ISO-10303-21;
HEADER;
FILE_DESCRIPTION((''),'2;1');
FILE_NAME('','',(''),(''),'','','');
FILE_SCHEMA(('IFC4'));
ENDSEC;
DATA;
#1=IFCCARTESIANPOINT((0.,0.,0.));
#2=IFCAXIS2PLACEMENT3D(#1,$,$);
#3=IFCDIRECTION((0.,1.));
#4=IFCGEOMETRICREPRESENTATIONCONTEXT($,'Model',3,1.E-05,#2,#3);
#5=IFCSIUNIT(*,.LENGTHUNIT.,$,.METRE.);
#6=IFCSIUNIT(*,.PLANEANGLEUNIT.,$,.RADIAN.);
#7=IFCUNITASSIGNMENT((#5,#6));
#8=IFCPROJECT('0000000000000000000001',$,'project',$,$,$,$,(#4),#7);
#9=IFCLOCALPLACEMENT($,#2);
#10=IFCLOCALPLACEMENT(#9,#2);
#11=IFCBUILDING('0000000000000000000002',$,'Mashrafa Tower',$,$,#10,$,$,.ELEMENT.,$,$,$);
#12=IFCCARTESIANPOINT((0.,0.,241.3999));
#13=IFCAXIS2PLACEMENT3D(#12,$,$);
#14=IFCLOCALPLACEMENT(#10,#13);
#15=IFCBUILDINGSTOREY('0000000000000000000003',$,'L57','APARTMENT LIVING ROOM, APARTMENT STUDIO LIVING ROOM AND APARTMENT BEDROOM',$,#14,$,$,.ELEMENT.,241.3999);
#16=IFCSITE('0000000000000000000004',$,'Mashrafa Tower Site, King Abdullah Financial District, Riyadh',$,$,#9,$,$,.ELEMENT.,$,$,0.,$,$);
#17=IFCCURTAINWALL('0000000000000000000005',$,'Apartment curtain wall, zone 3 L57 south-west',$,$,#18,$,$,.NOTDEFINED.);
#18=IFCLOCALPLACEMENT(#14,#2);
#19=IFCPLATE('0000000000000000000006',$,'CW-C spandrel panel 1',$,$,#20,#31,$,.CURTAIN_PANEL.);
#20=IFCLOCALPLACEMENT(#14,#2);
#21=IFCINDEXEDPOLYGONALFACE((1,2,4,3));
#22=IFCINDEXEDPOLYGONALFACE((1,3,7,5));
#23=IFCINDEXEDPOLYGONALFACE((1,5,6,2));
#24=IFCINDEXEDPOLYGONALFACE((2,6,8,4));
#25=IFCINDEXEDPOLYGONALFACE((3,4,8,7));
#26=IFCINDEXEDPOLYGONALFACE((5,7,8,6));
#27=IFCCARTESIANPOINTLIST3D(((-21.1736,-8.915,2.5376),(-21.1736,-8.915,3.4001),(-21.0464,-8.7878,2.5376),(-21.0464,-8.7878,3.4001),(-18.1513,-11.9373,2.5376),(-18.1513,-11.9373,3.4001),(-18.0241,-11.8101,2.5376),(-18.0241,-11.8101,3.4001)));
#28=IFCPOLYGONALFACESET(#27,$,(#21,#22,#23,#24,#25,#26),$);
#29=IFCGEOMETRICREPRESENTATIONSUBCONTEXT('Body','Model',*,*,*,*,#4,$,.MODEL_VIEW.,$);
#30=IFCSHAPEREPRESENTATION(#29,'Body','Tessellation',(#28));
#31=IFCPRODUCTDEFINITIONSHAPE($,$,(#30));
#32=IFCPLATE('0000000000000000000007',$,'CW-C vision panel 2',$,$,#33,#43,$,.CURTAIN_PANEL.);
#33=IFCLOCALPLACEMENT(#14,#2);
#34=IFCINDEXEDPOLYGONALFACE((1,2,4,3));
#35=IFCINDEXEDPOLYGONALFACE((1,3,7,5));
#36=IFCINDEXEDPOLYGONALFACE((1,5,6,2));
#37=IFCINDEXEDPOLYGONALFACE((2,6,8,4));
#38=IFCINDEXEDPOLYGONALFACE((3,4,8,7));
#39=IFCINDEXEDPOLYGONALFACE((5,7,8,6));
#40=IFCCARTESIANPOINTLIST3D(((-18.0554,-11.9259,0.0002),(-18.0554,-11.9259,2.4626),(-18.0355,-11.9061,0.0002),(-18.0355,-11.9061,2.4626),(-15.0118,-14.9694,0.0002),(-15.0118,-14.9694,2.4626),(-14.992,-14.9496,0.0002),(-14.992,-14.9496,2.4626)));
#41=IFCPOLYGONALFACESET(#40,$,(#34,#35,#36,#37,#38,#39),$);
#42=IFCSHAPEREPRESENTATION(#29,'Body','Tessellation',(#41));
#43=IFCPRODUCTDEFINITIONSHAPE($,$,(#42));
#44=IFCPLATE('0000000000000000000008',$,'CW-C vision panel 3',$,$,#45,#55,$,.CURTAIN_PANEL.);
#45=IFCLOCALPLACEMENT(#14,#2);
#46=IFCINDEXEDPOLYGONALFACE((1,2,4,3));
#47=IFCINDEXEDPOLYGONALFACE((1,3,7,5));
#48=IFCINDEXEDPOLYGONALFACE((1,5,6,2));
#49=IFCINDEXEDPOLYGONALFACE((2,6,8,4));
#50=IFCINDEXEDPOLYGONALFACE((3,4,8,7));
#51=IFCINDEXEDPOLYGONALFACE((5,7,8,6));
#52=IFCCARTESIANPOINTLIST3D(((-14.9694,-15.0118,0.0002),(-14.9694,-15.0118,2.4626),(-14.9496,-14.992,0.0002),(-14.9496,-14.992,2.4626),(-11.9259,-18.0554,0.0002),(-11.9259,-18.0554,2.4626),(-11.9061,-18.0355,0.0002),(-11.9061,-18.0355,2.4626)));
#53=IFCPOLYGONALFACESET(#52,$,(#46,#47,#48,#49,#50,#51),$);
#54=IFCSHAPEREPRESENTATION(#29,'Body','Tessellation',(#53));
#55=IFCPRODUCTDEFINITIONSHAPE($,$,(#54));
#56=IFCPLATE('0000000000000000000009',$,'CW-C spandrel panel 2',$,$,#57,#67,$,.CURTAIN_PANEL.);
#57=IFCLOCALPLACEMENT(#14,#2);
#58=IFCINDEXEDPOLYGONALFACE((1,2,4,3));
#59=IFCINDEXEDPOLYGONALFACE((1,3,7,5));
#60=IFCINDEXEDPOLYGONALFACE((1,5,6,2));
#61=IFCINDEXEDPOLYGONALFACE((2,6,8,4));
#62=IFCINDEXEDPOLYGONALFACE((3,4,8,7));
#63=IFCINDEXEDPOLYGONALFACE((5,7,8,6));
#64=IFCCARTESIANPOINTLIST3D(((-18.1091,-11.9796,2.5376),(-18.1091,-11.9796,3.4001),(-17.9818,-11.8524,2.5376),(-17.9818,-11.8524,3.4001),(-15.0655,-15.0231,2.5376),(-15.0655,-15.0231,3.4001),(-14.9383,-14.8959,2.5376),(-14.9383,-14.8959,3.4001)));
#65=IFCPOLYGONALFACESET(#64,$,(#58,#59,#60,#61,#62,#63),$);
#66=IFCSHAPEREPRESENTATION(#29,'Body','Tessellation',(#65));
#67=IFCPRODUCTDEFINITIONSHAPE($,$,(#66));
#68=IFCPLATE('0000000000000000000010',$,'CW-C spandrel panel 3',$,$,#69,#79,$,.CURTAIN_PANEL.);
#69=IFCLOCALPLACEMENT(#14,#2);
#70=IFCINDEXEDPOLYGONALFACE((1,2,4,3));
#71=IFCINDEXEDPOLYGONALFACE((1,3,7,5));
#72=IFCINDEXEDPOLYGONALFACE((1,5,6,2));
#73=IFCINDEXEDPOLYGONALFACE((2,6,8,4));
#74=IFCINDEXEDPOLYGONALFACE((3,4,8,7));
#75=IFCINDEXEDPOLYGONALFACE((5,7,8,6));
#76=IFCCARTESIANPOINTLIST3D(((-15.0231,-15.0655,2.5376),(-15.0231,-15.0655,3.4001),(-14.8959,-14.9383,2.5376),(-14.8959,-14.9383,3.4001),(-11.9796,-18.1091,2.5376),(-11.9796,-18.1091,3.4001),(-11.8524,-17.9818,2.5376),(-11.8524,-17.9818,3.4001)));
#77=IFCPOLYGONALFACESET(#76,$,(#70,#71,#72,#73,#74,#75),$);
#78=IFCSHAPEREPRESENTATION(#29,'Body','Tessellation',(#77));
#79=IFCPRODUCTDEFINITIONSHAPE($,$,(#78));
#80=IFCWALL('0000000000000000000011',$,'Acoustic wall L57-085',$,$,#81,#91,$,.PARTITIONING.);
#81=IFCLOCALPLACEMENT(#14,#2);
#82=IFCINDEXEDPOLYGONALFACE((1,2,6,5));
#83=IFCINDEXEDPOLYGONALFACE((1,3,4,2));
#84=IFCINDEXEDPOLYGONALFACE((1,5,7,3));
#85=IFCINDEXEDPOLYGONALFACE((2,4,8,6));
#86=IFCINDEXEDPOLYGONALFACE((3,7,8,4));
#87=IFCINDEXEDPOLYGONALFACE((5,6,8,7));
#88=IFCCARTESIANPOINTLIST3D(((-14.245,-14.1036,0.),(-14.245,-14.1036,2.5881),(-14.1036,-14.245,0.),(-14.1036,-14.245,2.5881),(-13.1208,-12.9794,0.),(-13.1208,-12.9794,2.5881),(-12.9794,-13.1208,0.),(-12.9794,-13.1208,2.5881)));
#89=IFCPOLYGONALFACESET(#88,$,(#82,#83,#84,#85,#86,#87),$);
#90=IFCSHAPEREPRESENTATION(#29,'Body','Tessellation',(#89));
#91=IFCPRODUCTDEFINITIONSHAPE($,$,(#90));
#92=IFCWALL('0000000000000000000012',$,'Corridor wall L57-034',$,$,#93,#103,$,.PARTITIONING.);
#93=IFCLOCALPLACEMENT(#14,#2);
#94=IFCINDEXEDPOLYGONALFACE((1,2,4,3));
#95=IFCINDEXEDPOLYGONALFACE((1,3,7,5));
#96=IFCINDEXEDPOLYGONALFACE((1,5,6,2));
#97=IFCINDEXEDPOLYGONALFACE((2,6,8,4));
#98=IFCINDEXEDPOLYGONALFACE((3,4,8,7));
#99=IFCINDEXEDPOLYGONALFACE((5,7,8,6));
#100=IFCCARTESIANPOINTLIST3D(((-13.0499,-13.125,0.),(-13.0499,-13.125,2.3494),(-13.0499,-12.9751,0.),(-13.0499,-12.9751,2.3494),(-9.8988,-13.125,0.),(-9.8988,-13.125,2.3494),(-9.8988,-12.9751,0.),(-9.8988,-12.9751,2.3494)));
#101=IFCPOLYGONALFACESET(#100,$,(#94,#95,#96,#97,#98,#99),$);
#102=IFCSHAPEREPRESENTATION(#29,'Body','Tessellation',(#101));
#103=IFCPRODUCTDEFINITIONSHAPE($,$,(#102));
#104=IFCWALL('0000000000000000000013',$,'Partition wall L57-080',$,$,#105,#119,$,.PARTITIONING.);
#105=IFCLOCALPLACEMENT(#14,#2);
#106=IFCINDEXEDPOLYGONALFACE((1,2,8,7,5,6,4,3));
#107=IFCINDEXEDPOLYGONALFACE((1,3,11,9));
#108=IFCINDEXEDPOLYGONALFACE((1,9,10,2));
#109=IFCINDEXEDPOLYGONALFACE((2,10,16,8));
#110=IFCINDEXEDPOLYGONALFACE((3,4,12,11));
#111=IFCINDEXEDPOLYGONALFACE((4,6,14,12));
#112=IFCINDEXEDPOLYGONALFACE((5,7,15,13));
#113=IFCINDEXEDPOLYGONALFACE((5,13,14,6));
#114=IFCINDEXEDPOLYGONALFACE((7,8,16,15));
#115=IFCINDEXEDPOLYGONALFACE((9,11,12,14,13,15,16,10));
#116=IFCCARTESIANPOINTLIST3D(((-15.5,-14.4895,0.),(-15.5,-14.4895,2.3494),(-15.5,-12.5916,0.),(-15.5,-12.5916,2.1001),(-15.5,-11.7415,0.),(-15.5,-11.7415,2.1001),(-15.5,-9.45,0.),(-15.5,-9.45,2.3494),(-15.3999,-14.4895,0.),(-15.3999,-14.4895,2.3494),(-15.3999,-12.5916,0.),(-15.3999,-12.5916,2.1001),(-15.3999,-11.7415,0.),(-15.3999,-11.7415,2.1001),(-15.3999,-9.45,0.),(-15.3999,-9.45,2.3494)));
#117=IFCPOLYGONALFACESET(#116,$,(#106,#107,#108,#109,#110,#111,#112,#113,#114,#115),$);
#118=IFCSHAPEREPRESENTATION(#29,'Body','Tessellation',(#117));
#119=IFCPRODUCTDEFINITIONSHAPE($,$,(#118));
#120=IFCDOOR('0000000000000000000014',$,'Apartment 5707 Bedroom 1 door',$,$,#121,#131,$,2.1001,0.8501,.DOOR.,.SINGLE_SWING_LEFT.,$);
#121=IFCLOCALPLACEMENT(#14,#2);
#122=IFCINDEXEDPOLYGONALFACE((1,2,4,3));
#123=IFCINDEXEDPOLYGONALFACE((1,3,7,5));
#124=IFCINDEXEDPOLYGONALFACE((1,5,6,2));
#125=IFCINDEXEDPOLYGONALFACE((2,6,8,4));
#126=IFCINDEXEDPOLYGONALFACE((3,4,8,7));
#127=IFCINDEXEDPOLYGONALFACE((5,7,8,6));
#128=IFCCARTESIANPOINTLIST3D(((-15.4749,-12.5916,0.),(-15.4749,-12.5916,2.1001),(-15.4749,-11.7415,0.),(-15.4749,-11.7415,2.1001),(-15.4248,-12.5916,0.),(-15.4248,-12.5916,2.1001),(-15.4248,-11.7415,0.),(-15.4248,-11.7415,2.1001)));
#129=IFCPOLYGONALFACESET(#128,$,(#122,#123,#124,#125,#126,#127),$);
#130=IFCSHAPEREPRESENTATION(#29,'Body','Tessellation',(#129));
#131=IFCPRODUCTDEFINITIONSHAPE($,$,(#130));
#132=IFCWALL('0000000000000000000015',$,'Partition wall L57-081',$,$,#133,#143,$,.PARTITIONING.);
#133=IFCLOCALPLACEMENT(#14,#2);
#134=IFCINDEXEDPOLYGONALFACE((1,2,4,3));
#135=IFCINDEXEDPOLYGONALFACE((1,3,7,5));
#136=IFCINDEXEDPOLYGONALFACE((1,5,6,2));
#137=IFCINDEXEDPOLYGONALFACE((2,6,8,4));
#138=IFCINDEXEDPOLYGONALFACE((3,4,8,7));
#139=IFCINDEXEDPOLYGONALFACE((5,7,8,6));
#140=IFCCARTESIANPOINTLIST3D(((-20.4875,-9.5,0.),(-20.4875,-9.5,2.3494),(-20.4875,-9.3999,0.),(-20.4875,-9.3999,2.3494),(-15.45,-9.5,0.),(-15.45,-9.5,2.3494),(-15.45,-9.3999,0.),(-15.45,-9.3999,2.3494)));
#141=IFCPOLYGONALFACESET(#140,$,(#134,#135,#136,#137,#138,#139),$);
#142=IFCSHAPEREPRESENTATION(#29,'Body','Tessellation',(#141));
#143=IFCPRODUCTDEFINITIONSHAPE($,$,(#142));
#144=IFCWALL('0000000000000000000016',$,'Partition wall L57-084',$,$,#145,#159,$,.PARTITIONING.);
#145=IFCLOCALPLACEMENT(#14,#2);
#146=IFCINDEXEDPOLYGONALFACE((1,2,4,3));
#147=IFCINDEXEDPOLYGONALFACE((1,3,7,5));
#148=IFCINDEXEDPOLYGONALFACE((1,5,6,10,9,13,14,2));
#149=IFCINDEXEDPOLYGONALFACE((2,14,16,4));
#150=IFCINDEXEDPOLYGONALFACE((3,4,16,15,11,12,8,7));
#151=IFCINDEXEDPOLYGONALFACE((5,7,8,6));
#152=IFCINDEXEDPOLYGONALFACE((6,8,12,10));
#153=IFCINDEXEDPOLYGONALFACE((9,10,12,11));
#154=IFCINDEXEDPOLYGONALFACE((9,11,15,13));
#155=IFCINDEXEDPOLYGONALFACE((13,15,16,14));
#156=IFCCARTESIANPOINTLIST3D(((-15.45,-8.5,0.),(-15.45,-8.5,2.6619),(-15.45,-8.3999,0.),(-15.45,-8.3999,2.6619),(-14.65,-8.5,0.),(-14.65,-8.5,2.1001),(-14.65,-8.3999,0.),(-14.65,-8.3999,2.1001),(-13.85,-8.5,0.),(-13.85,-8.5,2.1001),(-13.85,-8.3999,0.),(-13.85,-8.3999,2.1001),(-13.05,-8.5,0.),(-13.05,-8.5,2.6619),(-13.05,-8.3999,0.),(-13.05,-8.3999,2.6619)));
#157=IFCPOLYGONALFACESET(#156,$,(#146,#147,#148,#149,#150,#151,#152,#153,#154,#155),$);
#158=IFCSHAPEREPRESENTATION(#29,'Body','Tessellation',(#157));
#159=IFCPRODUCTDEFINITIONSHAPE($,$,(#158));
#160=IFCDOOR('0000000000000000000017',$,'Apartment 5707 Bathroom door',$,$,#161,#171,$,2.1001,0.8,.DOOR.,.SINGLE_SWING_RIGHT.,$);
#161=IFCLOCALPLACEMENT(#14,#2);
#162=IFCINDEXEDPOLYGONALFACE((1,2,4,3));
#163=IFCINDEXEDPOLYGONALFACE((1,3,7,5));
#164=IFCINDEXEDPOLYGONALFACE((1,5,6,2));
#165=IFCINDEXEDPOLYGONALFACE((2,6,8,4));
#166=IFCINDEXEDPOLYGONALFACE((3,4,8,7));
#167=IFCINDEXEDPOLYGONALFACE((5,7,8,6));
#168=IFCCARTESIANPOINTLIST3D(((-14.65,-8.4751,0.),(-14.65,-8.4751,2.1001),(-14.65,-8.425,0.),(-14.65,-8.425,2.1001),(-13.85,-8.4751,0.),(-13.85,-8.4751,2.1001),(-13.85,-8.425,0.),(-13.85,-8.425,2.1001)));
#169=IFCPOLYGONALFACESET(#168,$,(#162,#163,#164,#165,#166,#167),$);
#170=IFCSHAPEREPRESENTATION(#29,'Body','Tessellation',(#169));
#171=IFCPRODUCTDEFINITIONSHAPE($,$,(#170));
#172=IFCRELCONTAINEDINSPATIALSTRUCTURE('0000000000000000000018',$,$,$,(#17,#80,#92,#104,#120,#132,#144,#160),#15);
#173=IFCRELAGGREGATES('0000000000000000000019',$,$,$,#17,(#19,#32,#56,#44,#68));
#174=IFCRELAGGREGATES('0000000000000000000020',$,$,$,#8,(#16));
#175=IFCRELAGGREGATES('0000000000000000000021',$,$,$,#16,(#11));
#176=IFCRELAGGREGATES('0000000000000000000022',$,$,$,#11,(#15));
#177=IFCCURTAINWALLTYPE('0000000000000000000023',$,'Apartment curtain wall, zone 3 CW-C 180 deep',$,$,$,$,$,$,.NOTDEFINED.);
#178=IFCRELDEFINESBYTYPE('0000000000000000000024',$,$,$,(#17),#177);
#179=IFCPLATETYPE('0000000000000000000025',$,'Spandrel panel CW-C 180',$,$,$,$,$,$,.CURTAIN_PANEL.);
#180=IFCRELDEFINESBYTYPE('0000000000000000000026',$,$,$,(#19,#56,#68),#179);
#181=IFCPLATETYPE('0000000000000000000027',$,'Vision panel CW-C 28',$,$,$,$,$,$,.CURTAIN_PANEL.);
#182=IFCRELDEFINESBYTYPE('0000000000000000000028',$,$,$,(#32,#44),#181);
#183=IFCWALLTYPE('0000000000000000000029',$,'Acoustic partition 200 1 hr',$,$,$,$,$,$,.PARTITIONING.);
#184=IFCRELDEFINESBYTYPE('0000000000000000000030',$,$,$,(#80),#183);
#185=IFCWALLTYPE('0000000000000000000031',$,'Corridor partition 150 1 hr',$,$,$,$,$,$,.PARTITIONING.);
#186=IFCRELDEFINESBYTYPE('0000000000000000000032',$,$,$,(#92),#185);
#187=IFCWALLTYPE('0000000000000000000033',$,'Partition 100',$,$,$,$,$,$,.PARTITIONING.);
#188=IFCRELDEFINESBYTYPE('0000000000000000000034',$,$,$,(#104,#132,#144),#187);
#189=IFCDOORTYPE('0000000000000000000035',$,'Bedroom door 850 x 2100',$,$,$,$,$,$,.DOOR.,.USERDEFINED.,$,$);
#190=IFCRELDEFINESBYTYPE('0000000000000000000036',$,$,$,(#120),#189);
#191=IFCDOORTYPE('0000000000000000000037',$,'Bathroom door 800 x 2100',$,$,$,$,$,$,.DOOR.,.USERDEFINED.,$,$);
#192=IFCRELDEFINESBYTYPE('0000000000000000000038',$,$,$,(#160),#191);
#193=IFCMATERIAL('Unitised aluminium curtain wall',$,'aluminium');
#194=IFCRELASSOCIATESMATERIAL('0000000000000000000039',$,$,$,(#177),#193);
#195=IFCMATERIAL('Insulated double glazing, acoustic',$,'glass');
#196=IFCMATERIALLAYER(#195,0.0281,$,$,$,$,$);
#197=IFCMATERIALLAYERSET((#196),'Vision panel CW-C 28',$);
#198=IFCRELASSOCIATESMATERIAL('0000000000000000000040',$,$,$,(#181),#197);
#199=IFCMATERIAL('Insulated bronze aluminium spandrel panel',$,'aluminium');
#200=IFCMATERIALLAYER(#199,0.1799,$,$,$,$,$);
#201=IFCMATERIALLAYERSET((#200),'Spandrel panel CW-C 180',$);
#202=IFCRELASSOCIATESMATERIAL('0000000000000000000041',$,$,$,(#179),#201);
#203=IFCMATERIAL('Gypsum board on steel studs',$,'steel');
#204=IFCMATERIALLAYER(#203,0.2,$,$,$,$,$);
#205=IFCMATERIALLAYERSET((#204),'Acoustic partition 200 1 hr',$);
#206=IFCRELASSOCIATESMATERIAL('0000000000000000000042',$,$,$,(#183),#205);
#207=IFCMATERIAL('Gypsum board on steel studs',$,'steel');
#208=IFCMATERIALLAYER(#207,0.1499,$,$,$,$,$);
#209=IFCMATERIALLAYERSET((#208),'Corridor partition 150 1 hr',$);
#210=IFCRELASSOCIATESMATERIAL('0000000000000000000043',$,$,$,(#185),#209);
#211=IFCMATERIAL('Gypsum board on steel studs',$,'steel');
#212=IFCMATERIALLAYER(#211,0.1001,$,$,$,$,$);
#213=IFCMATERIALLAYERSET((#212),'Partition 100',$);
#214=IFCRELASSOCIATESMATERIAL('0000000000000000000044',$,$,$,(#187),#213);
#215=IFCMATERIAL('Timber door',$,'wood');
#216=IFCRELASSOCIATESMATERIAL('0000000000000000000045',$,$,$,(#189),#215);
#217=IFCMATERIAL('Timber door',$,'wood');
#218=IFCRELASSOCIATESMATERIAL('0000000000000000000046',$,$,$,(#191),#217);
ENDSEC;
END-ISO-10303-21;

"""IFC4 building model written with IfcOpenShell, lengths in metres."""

from ifc_helpers import new_model, si_unit, direction, frame, frame_2d, origin, origin_2d, place, context, subcontext, project, spatial, rectangle, extrude, source, transform, mapped, material, layer, layer_set, type_object, type_shapes, element, fill, aggregate, save


model = new_model("IFC4")

# Units and contexts
model_context = context("Model", 3, precision=1e-05, world=origin(), true_north=direction((0.0, 1.0)))
body_context = subcontext(model_context, "Body", "Model", "MODEL_VIEW")
ifc_project = project(units=[si_unit("LENGTHUNIT", "METRE"), si_unit("PLANEANGLEUNIT", "RADIAN")], contexts=[model_context])

# Site, building, storey
site_placement = place(None, origin())
site = spatial("IfcSite", under=ifc_project, at=site_placement, Name="Mashrafa Tower Site, King Abdullah Financial District, Riyadh", CompositionType="ELEMENT", RefElevation=0.0)
building_placement = place(site_placement, origin())
building = spatial("IfcBuilding", under=site, at=building_placement, Name="Mashrafa Tower", CompositionType="ELEMENT")
storey_placement = place(building_placement, frame((0.0, 0.0, 241.3999)))
storey = spatial("IfcBuildingStorey", under=building, at=storey_placement, Name="L57", Description="APARTMENT LIVING ROOM, APARTMENT STUDIO LIVING ROOM AND APARTMENT BEDROOM", CompositionType="ELEMENT", Elevation=241.3999)

# Shared definitions
ifc_material_1 = material(Name="Unitised aluminium curtain wall", Category="aluminium")
curtain_wall_type = type_object("IfcCurtainWallType", Name="Apartment curtain wall, zone 3 CW-C 180 deep", PredefinedType="NOTDEFINED", material=ifc_material_1)

# Curtain wall, plates
curtain_wall_1_placement = place(storey_placement, origin())
curtain_wall_1 = element("IfcCurtainWall", 1, at=curtain_wall_1_placement, inside=storey, type_object=curtain_wall_type, Name="Apartment curtain wall, zone 3 L57 south-west", PredefinedType="NOTDEFINED")
ifc_material_2 = material(Name="Insulated double glazing, acoustic", Category="glass")
ifc_layer_1 = layer(ifc_material_2, 0.0281)
ifc_layer_set_1 = layer_set([ifc_layer_1], Name="Vision panel CW-C 28")
plate_type_1 = type_object("IfcPlateType", Name="Vision panel CW-C 28", PredefinedType="CURTAIN_PANEL", material=ifc_layer_set_1)
ifc_material_3 = material(Name="Insulated bronze aluminium spandrel panel", Category="aluminium")
ifc_layer_2 = layer(ifc_material_3, 0.1799)
ifc_layer_set_2 = layer_set([ifc_layer_2], Name="Spandrel panel CW-C 180")
plate_type_2 = type_object("IfcPlateType", Name="Spandrel panel CW-C 180", PredefinedType="CURTAIN_PANEL", material=ifc_layer_set_2)
shared_shape_1 = source(origin(), body_context, "Body", "SweptSolid", [
    extrude(rectangle(XDim=4.2742, YDim=0.1799, at=origin_2d()), origin(), (0.0, 0.0, 1.0), 0.8625),
])
plate_1_placement = place(storey_placement, frame((-19.5989, -10.3625, 2.5376), z_axis=(0.0, 0.0, 1.0), x_axis=(0.707107, -0.707107, 0.0)))
plate_1 = element("IfcPlate", 2, at=plate_1_placement, type_object=plate_type_2, Name="CW-C spandrel panel 1", PredefinedType="CURTAIN_PANEL", context=body_context, shape_type="MappedRepresentation", body=[
    mapped(shared_shape_1, transform((0.0, 0.0, 0.0))),
])
shared_shape_2 = source(origin(), body_context, "Body", "SweptSolid", [
    extrude(rectangle(XDim=4.3042, YDim=0.0281, at=origin_2d()), origin(), (0.0, 0.0, 1.0), 2.4624),
])
plate_2_placement = place(storey_placement, frame((-16.5237, -13.4377, 0.0002), z_axis=(0.0, 0.0, 1.0), x_axis=(0.707107, -0.707107, 0.0)))
plate_2 = element("IfcPlate", 3, at=plate_2_placement, type_object=plate_type_1, Name="CW-C vision panel 2", PredefinedType="CURTAIN_PANEL", context=body_context, shape_type="MappedRepresentation", body=[
    mapped(shared_shape_2, transform((0.0, 0.0, 0.0))),
])
plate_3_placement = place(storey_placement, frame((-13.4377, -16.5237, 0.0002), z_axis=(0.0, 0.0, 1.0), x_axis=(0.707107, -0.707107, 0.0)))
plate_3 = element("IfcPlate", 4, at=plate_3_placement, type_object=plate_type_1, Name="CW-C vision panel 3", PredefinedType="CURTAIN_PANEL", context=body_context, shape_type="MappedRepresentation", body=[
    mapped(shared_shape_2, transform((0.0, 0.0, 0.0))),
])
shared_shape_3 = source(origin(), body_context, "Body", "SweptSolid", [
    extrude(rectangle(XDim=4.3042, YDim=0.1799, at=origin_2d()), origin(), (0.0, 0.0, 1.0), 0.8625),
])
type_shapes(plate_type_2, [shared_shape_1, shared_shape_3])
plate_4_placement = place(storey_placement, frame((-16.5237, -13.4377, 2.5376), z_axis=(0.0, 0.0, 1.0), x_axis=(0.707107, -0.707107, 0.0)))
plate_4 = element("IfcPlate", 5, at=plate_4_placement, type_object=plate_type_2, Name="CW-C spandrel panel 2", PredefinedType="CURTAIN_PANEL", context=body_context, shape_type="MappedRepresentation", body=[
    mapped(shared_shape_3, transform((0.0, 0.0, 0.0))),
])
plate_5_placement = place(storey_placement, frame((-13.4377, -16.5237, 2.5376), z_axis=(0.0, 0.0, 1.0), x_axis=(0.707107, -0.707107, 0.0)))
plate_5 = element("IfcPlate", 6, at=plate_5_placement, type_object=plate_type_2, Name="CW-C spandrel panel 3", PredefinedType="CURTAIN_PANEL", context=body_context, shape_type="MappedRepresentation", body=[
    mapped(shared_shape_3, transform((0.0, 0.0, 0.0))),
])
aggregate(curtain_wall_1, [plate_1, plate_2, plate_4, plate_3, plate_5])

# Walls
ifc_material_4 = material(Name="Gypsum board on steel studs", Category="steel")
ifc_layer_3 = layer(ifc_material_4, 0.2)
ifc_layer_set_3 = layer_set([ifc_layer_3], Name="Acoustic partition 200 1 hr")
wall_type_1 = type_object("IfcWallType", Name="Acoustic partition 200 1 hr", PredefinedType="PARTITIONING", material=ifc_layer_set_3)
wall_1_placement = place(storey_placement, frame((-14.1743, -14.1743, 0.0), z_axis=(0.0, 0.0, 1.0), x_axis=(0.707107, 0.707107, 0.0)))
element("IfcWall", 7, at=wall_1_placement, inside=storey, type_object=wall_type_1, Name="Acoustic wall L57-085", PredefinedType="PARTITIONING", context=body_context, shape_type="SweptSolid", body=[
    extrude(rectangle(XDim=1.5898, YDim=0.2, at=frame_2d((0.7949, 0.0))), origin(), (0.0, 0.0, 1.0), 2.5881),
])
ifc_material_5 = material(Name="Gypsum board on steel studs", Category="steel")
ifc_layer_4 = layer(ifc_material_5, 0.1499)
ifc_layer_set_4 = layer_set([ifc_layer_4], Name="Corridor partition 150 1 hr")
wall_type_2 = type_object("IfcWallType", Name="Corridor partition 150 1 hr", PredefinedType="PARTITIONING", material=ifc_layer_set_4)
wall_2_placement = place(storey_placement, frame((-13.05, -13.05, 0.0), z_axis=(0.0, 0.0, 1.0), x_axis=(1.0, 0.0, 0.0)))
element("IfcWall", 8, at=wall_2_placement, inside=storey, type_object=wall_type_2, Name="Corridor wall L57-034", PredefinedType="PARTITIONING", context=body_context, shape_type="SweptSolid", body=[
    extrude(rectangle(XDim=3.1511, YDim=0.1499, at=frame_2d((1.5757, 0.0))), origin(), (0.0, 0.0, 1.0), 2.3494),
])

# Wall, opening, door
ifc_material_6 = material(Name="Gypsum board on steel studs", Category="steel")
ifc_layer_5 = layer(ifc_material_6, 0.1001)
ifc_layer_set_5 = layer_set([ifc_layer_5], Name="Partition 100")
wall_type_3 = type_object("IfcWallType", Name="Partition 100", PredefinedType="PARTITIONING", material=ifc_layer_set_5)
wall_3_placement = place(storey_placement, frame((-15.45, -14.4895, 0.0), z_axis=(0.0, 0.0, 1.0), x_axis=(0.0, 1.0, 0.0)))
wall_3 = element("IfcWall", 9, at=wall_3_placement, inside=storey, type_object=wall_type_3, Name="Partition wall L57-080", PredefinedType="PARTITIONING", context=body_context, shape_type="SweptSolid", body=[
    extrude(rectangle(XDim=5.0396, YDim=0.1001, at=frame_2d((2.5198, 0.0))), origin(), (0.0, 0.0, 1.0), 2.3494),
])
opening_1_placement = place(wall_3_placement, frame((1.8979, 0.0, 0.0)))
opening_1 = element("IfcOpeningElement", 10, at=opening_1_placement, cuts=wall_3, PredefinedType="OPENING", context=body_context, shape_type="SweptSolid", body=[
    extrude(rectangle(XDim=0.8501, YDim=2.1001, at=frame_2d((0.425, 1.05))), frame((0.0, 0.0601, 0.0), z_axis=(0.0, -1.0, 0.0), x_axis=(1.0, 0.0, 0.0)), (0.0, 0.0, 1.0), 0.1201),
])
ifc_material_7 = material(Name="Timber door", Category="wood")
door_type_1 = type_object("IfcDoorType", Name="Bedroom door 850 x 2100", OperationType="USERDEFINED", PredefinedType="DOOR", material=ifc_material_7)
door_1_placement = place(opening_1_placement, origin())
door_1 = element("IfcDoor", 11, at=door_1_placement, inside=storey, type_object=door_type_1, Name="Apartment 5707 Bedroom 1 door", OperationType="SINGLE_SWING_LEFT", OverallHeight=2.1001, OverallWidth=0.8501, PredefinedType="DOOR", context=body_context, shape_type="SweptSolid", body=[
    extrude(rectangle(XDim=0.8501, YDim=2.1001, at=frame_2d((0.425, 1.05))), frame((0.0, 0.0249, 0.0), z_axis=(0.0, -1.0, 0.0), x_axis=(1.0, 0.0, 0.0)), (0.0, 0.0, 1.0), 0.05),
])
fill(opening_1, door_1)

# Wall
wall_4_placement = place(storey_placement, frame((-15.45, -9.45, 0.0), z_axis=(0.0, 0.0, 1.0), x_axis=(-1.0, 0.0, 0.0)))
element("IfcWall", 12, at=wall_4_placement, inside=storey, type_object=wall_type_3, Name="Partition wall L57-081", PredefinedType="PARTITIONING", context=body_context, shape_type="SweptSolid", body=[
    extrude(rectangle(XDim=5.0376, YDim=0.1001, at=frame_2d((2.5188, 0.0))), origin(), (0.0, 0.0, 1.0), 2.3494),
])

# Wall, opening, door
wall_5_placement = place(storey_placement, frame((-15.45, -8.45, 0.0), z_axis=(0.0, 0.0, 1.0), x_axis=(1.0, 0.0, 0.0)))
wall_5 = element("IfcWall", 13, at=wall_5_placement, inside=storey, type_object=wall_type_3, Name="Partition wall L57-084", PredefinedType="PARTITIONING", context=body_context, shape_type="SweptSolid", body=[
    extrude(rectangle(XDim=2.3999, YDim=0.1001, at=frame_2d((1.2, 0.0))), origin(), (0.0, 0.0, 1.0), 2.6619),
])
opening_2_placement = place(wall_5_placement, frame((0.8, 0.0, 0.0)))
opening_2 = element("IfcOpeningElement", 14, at=opening_2_placement, cuts=wall_5, PredefinedType="OPENING", context=body_context, shape_type="SweptSolid", body=[
    extrude(rectangle(XDim=0.8, YDim=2.1001, at=frame_2d((0.3999, 1.05))), frame((0.0, 0.0601, 0.0), z_axis=(0.0, -1.0, 0.0), x_axis=(1.0, 0.0, 0.0)), (0.0, 0.0, 1.0), 0.1201),
])
ifc_material_8 = material(Name="Timber door", Category="wood")
door_type_2 = type_object("IfcDoorType", Name="Bathroom door 800 x 2100", OperationType="USERDEFINED", PredefinedType="DOOR", material=ifc_material_8)
door_2_placement = place(opening_2_placement, origin())
door_2 = element("IfcDoor", 15, at=door_2_placement, inside=storey, type_object=door_type_2, Name="Apartment 5707 Bathroom door", OperationType="SINGLE_SWING_RIGHT", OverallHeight=2.1001, OverallWidth=0.8, PredefinedType="DOOR", context=body_context, shape_type="SweptSolid", body=[
    extrude(rectangle(XDim=0.8, YDim=2.1001, at=frame_2d((0.3999, 1.05))), frame((0.0, 0.0249, 0.0), z_axis=(0.0, -1.0, 0.0), x_axis=(1.0, 0.0, 0.0)), (0.0, 0.0, 1.0), 0.05),
])
fill(opening_2, door_2)

save(model, "model.ifc")
